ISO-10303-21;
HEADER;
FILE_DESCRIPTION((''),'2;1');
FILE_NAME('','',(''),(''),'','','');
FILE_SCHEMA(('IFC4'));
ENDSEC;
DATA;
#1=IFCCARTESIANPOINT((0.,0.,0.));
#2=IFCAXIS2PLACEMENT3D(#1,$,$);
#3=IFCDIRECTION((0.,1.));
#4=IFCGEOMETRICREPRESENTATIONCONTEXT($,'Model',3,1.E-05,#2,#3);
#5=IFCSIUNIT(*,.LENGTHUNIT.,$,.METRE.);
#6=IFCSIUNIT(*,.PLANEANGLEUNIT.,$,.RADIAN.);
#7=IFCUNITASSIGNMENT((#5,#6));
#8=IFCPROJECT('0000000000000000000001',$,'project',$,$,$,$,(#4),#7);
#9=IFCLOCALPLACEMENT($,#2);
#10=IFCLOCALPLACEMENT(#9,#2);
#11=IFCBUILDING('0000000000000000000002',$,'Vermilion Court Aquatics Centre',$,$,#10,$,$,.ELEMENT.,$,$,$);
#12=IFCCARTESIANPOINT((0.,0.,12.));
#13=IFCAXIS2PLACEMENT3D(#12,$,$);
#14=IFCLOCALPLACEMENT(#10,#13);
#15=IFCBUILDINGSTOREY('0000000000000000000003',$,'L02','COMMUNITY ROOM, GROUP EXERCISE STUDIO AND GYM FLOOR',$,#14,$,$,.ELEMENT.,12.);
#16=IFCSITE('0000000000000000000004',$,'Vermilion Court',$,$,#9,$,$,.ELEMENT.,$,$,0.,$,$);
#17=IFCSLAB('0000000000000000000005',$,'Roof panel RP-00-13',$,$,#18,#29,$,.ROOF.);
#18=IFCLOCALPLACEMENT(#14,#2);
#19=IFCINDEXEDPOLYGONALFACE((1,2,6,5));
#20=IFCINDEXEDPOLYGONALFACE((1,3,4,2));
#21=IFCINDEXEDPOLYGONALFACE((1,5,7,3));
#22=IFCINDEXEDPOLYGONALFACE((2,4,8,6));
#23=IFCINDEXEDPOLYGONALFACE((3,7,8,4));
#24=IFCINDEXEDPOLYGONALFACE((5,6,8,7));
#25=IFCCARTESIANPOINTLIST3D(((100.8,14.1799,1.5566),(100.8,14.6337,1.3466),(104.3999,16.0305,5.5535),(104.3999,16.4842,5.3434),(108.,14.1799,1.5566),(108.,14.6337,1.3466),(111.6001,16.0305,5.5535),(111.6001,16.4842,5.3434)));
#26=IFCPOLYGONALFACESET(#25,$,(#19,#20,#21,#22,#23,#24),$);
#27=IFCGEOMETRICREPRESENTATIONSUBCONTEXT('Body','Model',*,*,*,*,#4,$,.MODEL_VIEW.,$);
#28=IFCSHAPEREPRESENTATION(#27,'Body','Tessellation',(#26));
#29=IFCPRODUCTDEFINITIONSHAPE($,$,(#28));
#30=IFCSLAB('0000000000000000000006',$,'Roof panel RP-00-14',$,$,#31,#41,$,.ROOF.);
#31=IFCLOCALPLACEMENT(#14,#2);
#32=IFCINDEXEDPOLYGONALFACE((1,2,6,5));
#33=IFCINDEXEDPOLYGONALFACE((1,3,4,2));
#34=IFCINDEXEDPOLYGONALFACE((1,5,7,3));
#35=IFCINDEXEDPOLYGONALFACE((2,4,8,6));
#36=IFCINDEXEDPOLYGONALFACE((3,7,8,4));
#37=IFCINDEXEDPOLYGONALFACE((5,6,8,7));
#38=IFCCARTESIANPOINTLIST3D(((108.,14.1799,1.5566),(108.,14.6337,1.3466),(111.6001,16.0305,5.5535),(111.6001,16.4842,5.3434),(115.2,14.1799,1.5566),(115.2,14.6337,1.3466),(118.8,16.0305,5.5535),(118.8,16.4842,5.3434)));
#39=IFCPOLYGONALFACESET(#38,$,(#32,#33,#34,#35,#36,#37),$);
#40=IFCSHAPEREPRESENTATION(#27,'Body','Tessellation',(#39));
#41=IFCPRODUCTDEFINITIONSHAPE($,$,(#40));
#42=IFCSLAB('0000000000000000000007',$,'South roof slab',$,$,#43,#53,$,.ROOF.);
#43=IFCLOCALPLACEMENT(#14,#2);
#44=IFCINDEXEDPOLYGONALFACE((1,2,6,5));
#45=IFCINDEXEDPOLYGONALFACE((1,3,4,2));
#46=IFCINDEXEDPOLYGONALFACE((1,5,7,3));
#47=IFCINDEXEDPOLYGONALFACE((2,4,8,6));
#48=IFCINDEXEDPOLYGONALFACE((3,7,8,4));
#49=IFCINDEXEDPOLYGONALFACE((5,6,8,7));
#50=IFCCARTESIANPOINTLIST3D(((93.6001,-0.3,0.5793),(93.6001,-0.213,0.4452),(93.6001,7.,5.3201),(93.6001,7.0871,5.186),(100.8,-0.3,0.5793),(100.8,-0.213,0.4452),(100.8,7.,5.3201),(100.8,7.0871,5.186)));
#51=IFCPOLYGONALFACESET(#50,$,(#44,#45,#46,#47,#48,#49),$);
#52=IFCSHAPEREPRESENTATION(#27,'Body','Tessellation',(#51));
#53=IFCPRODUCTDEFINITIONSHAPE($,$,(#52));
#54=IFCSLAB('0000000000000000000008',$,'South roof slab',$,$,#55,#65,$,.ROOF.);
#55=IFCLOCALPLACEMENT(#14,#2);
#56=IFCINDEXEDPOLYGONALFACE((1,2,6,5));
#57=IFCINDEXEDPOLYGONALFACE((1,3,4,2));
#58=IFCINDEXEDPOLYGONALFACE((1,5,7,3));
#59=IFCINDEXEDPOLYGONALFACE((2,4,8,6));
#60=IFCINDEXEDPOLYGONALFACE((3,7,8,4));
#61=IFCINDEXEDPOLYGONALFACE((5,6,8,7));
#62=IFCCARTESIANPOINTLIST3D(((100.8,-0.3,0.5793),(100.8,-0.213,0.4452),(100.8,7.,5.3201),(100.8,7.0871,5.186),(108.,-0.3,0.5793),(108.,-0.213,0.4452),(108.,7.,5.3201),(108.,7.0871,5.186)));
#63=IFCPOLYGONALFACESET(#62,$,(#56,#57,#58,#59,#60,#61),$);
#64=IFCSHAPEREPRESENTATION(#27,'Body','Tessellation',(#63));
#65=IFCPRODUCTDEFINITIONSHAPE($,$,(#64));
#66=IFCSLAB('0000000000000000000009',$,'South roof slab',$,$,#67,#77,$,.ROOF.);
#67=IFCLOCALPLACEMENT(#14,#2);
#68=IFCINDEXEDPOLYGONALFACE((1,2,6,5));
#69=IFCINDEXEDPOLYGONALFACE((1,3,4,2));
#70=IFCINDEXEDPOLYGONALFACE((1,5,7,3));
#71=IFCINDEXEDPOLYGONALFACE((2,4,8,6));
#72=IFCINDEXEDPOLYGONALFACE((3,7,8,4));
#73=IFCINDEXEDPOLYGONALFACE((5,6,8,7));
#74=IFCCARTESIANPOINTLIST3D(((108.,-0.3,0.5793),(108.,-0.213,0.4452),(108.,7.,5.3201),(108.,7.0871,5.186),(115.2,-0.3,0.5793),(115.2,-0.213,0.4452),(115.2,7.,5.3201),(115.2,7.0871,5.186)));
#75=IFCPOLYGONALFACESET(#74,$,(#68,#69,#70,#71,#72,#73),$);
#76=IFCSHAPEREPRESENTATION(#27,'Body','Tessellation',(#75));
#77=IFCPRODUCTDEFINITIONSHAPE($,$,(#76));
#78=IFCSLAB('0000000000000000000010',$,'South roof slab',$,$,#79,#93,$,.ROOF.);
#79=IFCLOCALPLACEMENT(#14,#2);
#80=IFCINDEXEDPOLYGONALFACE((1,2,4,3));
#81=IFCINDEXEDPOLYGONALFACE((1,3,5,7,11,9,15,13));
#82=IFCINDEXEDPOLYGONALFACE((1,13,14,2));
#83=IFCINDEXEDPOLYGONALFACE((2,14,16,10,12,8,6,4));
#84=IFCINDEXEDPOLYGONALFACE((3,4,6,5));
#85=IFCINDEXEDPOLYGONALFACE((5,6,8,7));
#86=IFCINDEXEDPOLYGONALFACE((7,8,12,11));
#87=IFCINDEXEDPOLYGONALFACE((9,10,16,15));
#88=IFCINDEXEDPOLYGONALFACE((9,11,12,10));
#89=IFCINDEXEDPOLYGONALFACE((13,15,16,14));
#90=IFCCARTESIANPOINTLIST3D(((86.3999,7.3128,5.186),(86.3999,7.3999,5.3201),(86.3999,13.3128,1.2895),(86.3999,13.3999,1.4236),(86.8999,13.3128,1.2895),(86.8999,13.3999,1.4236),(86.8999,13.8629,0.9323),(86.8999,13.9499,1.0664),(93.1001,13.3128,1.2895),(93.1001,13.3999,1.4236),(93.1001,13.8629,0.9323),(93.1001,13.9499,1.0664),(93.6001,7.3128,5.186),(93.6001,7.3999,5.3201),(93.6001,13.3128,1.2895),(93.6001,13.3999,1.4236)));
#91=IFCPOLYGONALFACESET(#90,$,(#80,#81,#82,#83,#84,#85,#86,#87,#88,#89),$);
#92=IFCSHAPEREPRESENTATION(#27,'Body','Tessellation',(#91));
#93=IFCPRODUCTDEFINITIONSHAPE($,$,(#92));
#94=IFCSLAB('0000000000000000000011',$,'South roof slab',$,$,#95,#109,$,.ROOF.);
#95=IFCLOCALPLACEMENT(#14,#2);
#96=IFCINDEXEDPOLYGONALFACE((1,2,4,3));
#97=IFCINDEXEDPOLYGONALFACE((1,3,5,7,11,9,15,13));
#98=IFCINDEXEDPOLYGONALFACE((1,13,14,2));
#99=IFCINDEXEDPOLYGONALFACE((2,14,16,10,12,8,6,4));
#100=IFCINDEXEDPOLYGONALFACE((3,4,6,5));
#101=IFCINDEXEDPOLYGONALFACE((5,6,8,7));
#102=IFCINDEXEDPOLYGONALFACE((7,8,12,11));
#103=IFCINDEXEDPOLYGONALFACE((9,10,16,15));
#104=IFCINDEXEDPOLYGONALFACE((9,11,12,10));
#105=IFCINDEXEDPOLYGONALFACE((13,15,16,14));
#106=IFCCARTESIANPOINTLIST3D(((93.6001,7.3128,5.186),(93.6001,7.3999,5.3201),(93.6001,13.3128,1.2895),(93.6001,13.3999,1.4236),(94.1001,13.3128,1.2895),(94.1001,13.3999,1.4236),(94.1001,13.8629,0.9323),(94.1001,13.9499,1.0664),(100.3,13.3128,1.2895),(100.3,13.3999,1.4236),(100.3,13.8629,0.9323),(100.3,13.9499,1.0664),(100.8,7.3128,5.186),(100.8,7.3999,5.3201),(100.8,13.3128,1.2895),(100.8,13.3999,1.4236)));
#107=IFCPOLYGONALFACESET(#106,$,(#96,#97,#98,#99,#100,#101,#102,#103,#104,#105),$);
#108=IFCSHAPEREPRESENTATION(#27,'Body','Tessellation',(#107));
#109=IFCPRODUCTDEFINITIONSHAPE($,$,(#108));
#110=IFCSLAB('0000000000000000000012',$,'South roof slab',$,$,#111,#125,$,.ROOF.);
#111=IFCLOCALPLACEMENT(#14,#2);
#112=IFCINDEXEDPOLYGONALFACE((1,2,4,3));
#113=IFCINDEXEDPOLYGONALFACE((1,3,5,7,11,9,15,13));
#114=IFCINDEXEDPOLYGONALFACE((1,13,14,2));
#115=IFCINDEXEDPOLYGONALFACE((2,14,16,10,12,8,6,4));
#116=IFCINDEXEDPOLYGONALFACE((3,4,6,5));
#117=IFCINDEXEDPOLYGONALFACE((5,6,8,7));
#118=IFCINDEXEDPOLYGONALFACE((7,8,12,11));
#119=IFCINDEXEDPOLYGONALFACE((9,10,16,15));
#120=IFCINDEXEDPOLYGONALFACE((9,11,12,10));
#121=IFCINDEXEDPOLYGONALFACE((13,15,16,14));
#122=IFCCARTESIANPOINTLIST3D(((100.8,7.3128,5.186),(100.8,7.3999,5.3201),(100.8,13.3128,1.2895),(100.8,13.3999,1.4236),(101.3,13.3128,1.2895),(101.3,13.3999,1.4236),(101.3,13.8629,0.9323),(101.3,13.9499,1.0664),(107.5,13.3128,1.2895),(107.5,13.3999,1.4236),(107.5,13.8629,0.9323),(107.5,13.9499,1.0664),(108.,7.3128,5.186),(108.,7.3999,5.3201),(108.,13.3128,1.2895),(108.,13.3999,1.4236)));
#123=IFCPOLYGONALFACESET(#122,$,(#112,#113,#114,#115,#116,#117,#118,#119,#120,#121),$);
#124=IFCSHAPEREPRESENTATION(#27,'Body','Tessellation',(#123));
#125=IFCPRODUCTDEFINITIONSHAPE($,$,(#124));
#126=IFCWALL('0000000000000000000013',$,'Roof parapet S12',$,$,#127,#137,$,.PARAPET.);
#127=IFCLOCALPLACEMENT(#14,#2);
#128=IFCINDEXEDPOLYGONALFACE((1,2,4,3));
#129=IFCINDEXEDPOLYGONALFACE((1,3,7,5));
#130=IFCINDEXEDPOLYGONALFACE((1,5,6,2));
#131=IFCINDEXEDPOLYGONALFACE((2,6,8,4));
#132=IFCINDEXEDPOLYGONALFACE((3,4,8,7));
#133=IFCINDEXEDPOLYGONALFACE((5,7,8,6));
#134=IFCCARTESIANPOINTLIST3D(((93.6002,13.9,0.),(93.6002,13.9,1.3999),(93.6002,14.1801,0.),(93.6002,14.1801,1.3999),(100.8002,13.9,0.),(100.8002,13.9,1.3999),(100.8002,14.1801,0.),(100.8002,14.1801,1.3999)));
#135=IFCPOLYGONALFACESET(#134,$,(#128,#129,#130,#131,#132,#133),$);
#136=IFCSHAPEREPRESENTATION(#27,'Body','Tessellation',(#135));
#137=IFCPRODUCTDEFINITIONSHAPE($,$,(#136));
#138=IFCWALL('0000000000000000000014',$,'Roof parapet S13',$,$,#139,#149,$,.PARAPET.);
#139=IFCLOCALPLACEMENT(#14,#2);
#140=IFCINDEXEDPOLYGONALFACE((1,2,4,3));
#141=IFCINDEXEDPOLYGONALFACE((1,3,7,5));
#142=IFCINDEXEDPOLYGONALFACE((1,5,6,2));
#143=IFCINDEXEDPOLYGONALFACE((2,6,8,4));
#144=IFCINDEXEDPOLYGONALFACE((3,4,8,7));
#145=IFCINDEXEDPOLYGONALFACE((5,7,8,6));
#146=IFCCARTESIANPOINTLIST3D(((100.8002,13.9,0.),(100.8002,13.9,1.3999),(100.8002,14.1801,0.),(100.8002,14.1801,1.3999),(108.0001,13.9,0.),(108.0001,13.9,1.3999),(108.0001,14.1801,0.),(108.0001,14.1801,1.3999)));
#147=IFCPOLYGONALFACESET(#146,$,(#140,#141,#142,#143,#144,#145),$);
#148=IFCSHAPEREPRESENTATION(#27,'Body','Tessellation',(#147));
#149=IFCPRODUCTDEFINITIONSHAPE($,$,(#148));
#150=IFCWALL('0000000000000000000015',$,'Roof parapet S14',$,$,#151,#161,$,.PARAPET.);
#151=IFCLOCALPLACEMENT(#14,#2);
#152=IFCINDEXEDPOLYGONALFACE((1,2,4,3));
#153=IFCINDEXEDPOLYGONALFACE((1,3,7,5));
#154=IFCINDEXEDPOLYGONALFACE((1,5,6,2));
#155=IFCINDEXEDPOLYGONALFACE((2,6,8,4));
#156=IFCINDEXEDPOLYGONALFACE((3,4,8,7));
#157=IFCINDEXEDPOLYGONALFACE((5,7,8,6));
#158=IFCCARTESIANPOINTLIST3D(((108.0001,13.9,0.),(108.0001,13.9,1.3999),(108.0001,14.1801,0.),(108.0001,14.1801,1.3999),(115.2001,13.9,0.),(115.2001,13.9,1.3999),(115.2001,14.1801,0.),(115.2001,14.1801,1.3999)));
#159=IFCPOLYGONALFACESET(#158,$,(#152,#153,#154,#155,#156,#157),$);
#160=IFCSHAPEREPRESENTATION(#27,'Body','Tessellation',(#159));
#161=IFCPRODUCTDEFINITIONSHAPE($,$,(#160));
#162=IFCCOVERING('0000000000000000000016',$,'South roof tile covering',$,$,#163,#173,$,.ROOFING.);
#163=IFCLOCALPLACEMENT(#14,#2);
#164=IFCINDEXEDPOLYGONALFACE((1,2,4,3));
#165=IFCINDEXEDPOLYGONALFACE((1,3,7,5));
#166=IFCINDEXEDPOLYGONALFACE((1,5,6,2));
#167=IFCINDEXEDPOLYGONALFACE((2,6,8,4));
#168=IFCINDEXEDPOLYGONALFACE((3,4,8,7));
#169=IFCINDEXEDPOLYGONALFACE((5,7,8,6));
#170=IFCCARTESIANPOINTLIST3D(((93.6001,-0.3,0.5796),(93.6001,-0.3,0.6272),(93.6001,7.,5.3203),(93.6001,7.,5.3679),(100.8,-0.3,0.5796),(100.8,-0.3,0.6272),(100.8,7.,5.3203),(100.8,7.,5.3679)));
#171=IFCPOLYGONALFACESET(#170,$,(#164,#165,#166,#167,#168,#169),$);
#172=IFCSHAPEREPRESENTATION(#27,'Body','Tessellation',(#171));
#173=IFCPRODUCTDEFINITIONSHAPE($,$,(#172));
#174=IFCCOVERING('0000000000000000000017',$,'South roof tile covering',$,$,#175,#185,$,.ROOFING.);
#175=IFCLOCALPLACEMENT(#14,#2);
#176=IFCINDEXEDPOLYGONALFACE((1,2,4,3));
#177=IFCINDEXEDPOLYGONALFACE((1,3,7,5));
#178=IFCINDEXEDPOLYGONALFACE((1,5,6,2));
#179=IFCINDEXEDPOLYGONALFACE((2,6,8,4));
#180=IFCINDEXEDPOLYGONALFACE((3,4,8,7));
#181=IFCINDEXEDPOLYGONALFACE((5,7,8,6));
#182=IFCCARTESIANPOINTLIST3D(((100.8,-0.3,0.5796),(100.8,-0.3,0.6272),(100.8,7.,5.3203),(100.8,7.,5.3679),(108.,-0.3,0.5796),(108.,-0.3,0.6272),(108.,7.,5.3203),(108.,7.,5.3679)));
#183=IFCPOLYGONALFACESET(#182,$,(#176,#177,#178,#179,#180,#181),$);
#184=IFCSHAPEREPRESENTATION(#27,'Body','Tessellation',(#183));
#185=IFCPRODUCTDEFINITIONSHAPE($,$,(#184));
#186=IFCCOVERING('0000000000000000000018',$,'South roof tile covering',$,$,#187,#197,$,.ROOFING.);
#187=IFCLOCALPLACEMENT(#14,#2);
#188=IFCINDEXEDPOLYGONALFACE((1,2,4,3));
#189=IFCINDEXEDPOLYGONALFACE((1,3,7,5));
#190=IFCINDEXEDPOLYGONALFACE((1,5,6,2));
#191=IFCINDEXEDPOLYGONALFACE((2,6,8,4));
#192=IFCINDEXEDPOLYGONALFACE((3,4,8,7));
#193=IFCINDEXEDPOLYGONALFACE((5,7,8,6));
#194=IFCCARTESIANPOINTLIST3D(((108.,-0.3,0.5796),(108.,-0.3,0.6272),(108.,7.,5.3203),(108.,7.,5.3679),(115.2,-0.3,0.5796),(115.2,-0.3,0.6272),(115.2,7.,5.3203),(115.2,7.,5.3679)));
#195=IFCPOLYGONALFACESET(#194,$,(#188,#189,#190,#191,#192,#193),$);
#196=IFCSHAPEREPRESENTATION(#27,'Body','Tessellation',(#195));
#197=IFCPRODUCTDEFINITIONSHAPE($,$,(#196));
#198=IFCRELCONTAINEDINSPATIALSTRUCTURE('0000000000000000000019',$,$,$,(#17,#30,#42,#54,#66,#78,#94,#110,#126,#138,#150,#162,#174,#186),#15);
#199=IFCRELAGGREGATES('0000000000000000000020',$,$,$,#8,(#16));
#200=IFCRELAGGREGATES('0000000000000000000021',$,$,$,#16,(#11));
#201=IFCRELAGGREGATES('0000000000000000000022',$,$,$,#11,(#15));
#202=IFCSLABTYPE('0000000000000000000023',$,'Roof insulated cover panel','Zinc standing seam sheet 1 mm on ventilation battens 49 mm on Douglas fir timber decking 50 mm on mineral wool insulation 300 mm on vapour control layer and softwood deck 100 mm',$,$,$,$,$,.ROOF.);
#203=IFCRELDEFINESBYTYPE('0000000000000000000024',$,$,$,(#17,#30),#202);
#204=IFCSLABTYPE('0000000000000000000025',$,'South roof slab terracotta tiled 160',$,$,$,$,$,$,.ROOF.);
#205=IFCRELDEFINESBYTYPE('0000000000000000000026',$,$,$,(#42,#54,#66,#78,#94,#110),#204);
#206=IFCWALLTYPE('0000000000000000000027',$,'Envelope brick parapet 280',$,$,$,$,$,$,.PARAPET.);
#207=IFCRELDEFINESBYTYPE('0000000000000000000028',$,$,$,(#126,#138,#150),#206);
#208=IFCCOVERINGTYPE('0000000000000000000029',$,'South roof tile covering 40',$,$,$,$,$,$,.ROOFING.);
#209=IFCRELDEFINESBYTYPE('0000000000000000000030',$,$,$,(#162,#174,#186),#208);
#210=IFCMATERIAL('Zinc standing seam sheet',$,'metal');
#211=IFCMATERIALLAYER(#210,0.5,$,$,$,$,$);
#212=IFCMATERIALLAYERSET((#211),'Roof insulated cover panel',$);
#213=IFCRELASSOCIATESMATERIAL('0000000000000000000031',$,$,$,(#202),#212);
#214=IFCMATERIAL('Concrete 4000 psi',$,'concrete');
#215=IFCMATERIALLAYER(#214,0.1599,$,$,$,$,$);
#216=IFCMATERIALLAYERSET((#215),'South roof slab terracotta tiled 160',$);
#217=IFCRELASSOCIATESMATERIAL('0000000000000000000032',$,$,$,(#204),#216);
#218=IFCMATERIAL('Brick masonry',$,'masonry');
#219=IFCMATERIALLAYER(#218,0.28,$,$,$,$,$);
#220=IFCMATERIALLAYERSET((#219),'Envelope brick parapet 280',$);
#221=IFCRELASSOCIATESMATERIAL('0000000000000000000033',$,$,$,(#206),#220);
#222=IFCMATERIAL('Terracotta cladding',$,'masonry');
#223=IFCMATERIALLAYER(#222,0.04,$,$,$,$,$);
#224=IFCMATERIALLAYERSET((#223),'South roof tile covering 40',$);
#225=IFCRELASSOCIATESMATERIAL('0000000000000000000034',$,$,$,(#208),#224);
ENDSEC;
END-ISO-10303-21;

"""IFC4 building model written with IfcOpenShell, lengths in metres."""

from ifc_helpers import new_model, si_unit, direction, frame, frame_2d, origin, place, context, subcontext, project, spatial, polyline, rectangle, outline, extrude, material, layer, layer_set, type_object, element, save


model = new_model("IFC4")

# Units and contexts
model_context = context("Model", 3, precision=1e-05, world=origin(), true_north=direction((0.0, 1.0)))
body_context = subcontext(model_context, "Body", "Model", "MODEL_VIEW")
ifc_project = project(units=[si_unit("LENGTHUNIT", "METRE"), si_unit("PLANEANGLEUNIT", "RADIAN")], contexts=[model_context])

# Site, building, storey
site_placement = place(None, origin())
site = spatial("IfcSite", under=ifc_project, at=site_placement, Name="Vermilion Court", CompositionType="ELEMENT", RefElevation=0.0)
building_placement = place(site_placement, origin())
building = spatial("IfcBuilding", under=site, at=building_placement, Name="Vermilion Court Aquatics Centre", CompositionType="ELEMENT")
storey_placement = place(building_placement, frame((0.0, 0.0, 12.0)))
storey = spatial("IfcBuildingStorey", under=building, at=storey_placement, Name="L02", Description="COMMUNITY ROOM, GROUP EXERCISE STUDIO AND GYM FLOOR", CompositionType="ELEMENT", Elevation=12.0)

# Slabs
ifc_material_1 = material(Name="Zinc standing seam sheet", Category="metal")
ifc_layer_1 = layer(ifc_material_1, 0.5)
ifc_layer_set_1 = layer_set([ifc_layer_1], Name="Roof insulated cover panel")
slab_type_1 = type_object("IfcSlabType", Name="Roof insulated cover panel", Description="Zinc standing seam sheet 1 mm on ventilation battens 49 mm on Douglas fir timber decking 50 mm on mineral wool insulation 300 mm on vapour control layer and softwood deck 100 mm", PredefinedType="ROOF", material=ifc_layer_set_1)
slab_1_placement = place(storey_placement, frame((100.8, 14.1799, 1.5566), z_axis=(0.0, -0.907449, 0.420162), x_axis=(1.0, 0.0, 0.0)))
element("IfcSlab", 1, at=slab_1_placement, inside=storey, type_object=slab_type_1, Name="Roof panel RP-00-13", PredefinedType="ROOF", context=body_context, shape_type="SweptSolid", body=[
    extrude(outline(polyline([(0.0, 0.0), (7.2, 0.0), (10.8, 4.4045), (3.5999, 4.4045), (0.0, 0.0)])), origin(), (0.0, 0.0, -1.0), 0.5),
])
slab_2_placement = place(storey_placement, frame((108.0, 14.1799, 1.5566), z_axis=(0.0, -0.907449, 0.420162), x_axis=(1.0, 0.0, 0.0)))
element("IfcSlab", 2, at=slab_2_placement, inside=storey, type_object=slab_type_1, Name="Roof panel RP-00-14", PredefinedType="ROOF", context=body_context, shape_type="SweptSolid", body=[
    extrude(outline(polyline([(0.0, 0.0), (7.2, 0.0), (10.8, 4.4045), (3.6001, 4.4045), (0.0, 0.0)])), origin(), (0.0, 0.0, -1.0), 0.5),
])
ifc_material_2 = material(Name="Concrete 4000 psi", Category="concrete")
ifc_layer_2 = layer(ifc_material_2, 0.1599)
ifc_layer_set_2 = layer_set([ifc_layer_2], Name="South roof slab terracotta tiled 160")
slab_type_2 = type_object("IfcSlabType", Name="South roof slab terracotta tiled 160", PredefinedType="ROOF", material=ifc_layer_set_2)
for number, where, z_axis, x_axis, name in (
    (3, (93.6001, -0.3, 0.5793), (0.0, -0.54464, 0.83867), (0.0, 0.83867, 0.54464), "South roof slab"),
    (4, (100.8, -0.3, 0.5793), (0.0, -0.54464, 0.83867), (0.0, 0.83867, 0.54464), "South roof slab"),
    (5, (108.0, -0.3, 0.5793), (0.0, -0.54464, 0.83867), (0.0, 0.83867, 0.54464), "South roof slab"),
):
    element("IfcSlab", number, at=place(storey_placement, frame(where, z_axis=z_axis, x_axis=x_axis)), inside=storey, type_object=slab_type_2, Name=name, PredefinedType="ROOF", context=body_context, shape_type="SweptSolid", body=[
        extrude(outline(polyline([(0.0, 0.0), (8.7043, 0.0), (8.7043, -7.2), (0.0, -7.2), (0.0, 0.0)])), origin(), (0.0, 0.0, -1.0), 0.1599),
    ])
slab_3_placement = place(storey_placement, frame((93.6001, 7.3999, 5.3201), z_axis=(0.0, 0.54464, 0.83867), x_axis=(-1.0, 0.0, 0.0)))
element("IfcSlab", 6, at=slab_3_placement, inside=storey, type_object=slab_type_2, Name="South roof slab", PredefinedType="ROOF", context=body_context, shape_type="SweptSolid", body=[
    extrude(outline(polyline([(0.0, 0.0), (7.2002, 0.0), (7.2002, -7.1542), (6.7002, -7.1542), (6.7002, -7.81), (0.5, -7.81), (0.5, -7.1542), (0.0, -7.1542), (0.0, 0.0)])), origin(), (0.0, 0.0, -1.0), 0.1599),
])
for number, where, z_axis, x_axis, name in (
    (7, (100.8, 7.3999, 5.3201), (0.0, 0.54464, 0.83867), (-1.0, 0.0, 0.0), "South roof slab"),
    (8, (108.0, 7.3999, 5.3201), (0.0, 0.54464, 0.83867), (-1.0, 0.0, 0.0), "South roof slab"),
):
    element("IfcSlab", number, at=place(storey_placement, frame(where, z_axis=z_axis, x_axis=x_axis)), inside=storey, type_object=slab_type_2, Name=name, PredefinedType="ROOF", context=body_context, shape_type="SweptSolid", body=[
        extrude(outline(polyline([(0.0, 0.0), (7.2, 0.0), (7.2, -7.1542), (6.7, -7.1542), (6.7, -7.81), (0.5, -7.81), (0.5, -7.1542), (0.0, -7.1542), (0.0, 0.0)])), origin(), (0.0, 0.0, -1.0), 0.1599),
    ])

# Walls
ifc_material_3 = material(Name="Brick masonry", Category="masonry")
ifc_layer_3 = layer(ifc_material_3, 0.28)
ifc_layer_set_3 = layer_set([ifc_layer_3], Name="Envelope brick parapet 280")
wall_type = type_object("IfcWallType", Name="Envelope brick parapet 280", PredefinedType="PARAPET", material=ifc_layer_set_3)
for number, where, z_axis, x_axis, name in (
    (9, (93.6001, 14.04, 0.0), (0.0, 0.0, 1.0), (1.0, 0.0, 0.0), "Roof parapet S12"),
    (10, (100.8, 14.04, 0.0), (0.0, 0.0, 1.0), (1.0, 0.0, 0.0), "Roof parapet S13"),
    (11, (108.0, 14.04, 0.0), (0.0, 0.0, 1.0), (1.0, 0.0, 0.0), "Roof parapet S14"),
):
    element("IfcWall", number, at=place(storey_placement, frame(where, z_axis=z_axis, x_axis=x_axis)), inside=storey, type_object=wall_type, Name=name, PredefinedType="PARAPET", context=body_context, shape_type="SweptSolid", body=[
        extrude(rectangle(XDim=7.2, YDim=0.28, at=frame_2d((3.6001, 0.0))), origin(), (0.0, 0.0, 1.0), 1.3999),
    ])

# Coverings
ifc_material_4 = material(Name="Terracotta cladding", Category="masonry")
ifc_layer_4 = layer(ifc_material_4, 0.04)
ifc_layer_set_4 = layer_set([ifc_layer_4], Name="South roof tile covering 40")
covering_type = type_object("IfcCoveringType", Name="South roof tile covering 40", PredefinedType="ROOFING", material=ifc_layer_set_4)
for number, where, z_axis, x_axis, name in (
    (12, (93.6001, -0.3, 0.6272), (0.0, -0.54464, 0.83867), (0.0, 0.83867, 0.54464), "South roof tile covering"),
    (13, (100.8, -0.3, 0.6272), (0.0, -0.54464, 0.83867), (0.0, 0.83867, 0.54464), "South roof tile covering"),
    (14, (108.0, -0.3, 0.6272), (0.0, -0.54464, 0.83867), (0.0, 0.83867, 0.54464), "South roof tile covering"),
):
    element("IfcCovering", number, at=place(storey_placement, frame(where, z_axis=z_axis, x_axis=x_axis)), inside=storey, type_object=covering_type, Name=name, PredefinedType="ROOFING", context=body_context, shape_type="SweptSolid", body=[
        extrude(outline(polyline([(0.0, 0.0), (8.7043, 0.0), (8.7043, -7.2), (0.0, -7.2), (0.0, 0.0)])), origin(), (-0.54464, 0.0, -0.83867), 0.0476),
    ])

save(model, "model.ifc")
